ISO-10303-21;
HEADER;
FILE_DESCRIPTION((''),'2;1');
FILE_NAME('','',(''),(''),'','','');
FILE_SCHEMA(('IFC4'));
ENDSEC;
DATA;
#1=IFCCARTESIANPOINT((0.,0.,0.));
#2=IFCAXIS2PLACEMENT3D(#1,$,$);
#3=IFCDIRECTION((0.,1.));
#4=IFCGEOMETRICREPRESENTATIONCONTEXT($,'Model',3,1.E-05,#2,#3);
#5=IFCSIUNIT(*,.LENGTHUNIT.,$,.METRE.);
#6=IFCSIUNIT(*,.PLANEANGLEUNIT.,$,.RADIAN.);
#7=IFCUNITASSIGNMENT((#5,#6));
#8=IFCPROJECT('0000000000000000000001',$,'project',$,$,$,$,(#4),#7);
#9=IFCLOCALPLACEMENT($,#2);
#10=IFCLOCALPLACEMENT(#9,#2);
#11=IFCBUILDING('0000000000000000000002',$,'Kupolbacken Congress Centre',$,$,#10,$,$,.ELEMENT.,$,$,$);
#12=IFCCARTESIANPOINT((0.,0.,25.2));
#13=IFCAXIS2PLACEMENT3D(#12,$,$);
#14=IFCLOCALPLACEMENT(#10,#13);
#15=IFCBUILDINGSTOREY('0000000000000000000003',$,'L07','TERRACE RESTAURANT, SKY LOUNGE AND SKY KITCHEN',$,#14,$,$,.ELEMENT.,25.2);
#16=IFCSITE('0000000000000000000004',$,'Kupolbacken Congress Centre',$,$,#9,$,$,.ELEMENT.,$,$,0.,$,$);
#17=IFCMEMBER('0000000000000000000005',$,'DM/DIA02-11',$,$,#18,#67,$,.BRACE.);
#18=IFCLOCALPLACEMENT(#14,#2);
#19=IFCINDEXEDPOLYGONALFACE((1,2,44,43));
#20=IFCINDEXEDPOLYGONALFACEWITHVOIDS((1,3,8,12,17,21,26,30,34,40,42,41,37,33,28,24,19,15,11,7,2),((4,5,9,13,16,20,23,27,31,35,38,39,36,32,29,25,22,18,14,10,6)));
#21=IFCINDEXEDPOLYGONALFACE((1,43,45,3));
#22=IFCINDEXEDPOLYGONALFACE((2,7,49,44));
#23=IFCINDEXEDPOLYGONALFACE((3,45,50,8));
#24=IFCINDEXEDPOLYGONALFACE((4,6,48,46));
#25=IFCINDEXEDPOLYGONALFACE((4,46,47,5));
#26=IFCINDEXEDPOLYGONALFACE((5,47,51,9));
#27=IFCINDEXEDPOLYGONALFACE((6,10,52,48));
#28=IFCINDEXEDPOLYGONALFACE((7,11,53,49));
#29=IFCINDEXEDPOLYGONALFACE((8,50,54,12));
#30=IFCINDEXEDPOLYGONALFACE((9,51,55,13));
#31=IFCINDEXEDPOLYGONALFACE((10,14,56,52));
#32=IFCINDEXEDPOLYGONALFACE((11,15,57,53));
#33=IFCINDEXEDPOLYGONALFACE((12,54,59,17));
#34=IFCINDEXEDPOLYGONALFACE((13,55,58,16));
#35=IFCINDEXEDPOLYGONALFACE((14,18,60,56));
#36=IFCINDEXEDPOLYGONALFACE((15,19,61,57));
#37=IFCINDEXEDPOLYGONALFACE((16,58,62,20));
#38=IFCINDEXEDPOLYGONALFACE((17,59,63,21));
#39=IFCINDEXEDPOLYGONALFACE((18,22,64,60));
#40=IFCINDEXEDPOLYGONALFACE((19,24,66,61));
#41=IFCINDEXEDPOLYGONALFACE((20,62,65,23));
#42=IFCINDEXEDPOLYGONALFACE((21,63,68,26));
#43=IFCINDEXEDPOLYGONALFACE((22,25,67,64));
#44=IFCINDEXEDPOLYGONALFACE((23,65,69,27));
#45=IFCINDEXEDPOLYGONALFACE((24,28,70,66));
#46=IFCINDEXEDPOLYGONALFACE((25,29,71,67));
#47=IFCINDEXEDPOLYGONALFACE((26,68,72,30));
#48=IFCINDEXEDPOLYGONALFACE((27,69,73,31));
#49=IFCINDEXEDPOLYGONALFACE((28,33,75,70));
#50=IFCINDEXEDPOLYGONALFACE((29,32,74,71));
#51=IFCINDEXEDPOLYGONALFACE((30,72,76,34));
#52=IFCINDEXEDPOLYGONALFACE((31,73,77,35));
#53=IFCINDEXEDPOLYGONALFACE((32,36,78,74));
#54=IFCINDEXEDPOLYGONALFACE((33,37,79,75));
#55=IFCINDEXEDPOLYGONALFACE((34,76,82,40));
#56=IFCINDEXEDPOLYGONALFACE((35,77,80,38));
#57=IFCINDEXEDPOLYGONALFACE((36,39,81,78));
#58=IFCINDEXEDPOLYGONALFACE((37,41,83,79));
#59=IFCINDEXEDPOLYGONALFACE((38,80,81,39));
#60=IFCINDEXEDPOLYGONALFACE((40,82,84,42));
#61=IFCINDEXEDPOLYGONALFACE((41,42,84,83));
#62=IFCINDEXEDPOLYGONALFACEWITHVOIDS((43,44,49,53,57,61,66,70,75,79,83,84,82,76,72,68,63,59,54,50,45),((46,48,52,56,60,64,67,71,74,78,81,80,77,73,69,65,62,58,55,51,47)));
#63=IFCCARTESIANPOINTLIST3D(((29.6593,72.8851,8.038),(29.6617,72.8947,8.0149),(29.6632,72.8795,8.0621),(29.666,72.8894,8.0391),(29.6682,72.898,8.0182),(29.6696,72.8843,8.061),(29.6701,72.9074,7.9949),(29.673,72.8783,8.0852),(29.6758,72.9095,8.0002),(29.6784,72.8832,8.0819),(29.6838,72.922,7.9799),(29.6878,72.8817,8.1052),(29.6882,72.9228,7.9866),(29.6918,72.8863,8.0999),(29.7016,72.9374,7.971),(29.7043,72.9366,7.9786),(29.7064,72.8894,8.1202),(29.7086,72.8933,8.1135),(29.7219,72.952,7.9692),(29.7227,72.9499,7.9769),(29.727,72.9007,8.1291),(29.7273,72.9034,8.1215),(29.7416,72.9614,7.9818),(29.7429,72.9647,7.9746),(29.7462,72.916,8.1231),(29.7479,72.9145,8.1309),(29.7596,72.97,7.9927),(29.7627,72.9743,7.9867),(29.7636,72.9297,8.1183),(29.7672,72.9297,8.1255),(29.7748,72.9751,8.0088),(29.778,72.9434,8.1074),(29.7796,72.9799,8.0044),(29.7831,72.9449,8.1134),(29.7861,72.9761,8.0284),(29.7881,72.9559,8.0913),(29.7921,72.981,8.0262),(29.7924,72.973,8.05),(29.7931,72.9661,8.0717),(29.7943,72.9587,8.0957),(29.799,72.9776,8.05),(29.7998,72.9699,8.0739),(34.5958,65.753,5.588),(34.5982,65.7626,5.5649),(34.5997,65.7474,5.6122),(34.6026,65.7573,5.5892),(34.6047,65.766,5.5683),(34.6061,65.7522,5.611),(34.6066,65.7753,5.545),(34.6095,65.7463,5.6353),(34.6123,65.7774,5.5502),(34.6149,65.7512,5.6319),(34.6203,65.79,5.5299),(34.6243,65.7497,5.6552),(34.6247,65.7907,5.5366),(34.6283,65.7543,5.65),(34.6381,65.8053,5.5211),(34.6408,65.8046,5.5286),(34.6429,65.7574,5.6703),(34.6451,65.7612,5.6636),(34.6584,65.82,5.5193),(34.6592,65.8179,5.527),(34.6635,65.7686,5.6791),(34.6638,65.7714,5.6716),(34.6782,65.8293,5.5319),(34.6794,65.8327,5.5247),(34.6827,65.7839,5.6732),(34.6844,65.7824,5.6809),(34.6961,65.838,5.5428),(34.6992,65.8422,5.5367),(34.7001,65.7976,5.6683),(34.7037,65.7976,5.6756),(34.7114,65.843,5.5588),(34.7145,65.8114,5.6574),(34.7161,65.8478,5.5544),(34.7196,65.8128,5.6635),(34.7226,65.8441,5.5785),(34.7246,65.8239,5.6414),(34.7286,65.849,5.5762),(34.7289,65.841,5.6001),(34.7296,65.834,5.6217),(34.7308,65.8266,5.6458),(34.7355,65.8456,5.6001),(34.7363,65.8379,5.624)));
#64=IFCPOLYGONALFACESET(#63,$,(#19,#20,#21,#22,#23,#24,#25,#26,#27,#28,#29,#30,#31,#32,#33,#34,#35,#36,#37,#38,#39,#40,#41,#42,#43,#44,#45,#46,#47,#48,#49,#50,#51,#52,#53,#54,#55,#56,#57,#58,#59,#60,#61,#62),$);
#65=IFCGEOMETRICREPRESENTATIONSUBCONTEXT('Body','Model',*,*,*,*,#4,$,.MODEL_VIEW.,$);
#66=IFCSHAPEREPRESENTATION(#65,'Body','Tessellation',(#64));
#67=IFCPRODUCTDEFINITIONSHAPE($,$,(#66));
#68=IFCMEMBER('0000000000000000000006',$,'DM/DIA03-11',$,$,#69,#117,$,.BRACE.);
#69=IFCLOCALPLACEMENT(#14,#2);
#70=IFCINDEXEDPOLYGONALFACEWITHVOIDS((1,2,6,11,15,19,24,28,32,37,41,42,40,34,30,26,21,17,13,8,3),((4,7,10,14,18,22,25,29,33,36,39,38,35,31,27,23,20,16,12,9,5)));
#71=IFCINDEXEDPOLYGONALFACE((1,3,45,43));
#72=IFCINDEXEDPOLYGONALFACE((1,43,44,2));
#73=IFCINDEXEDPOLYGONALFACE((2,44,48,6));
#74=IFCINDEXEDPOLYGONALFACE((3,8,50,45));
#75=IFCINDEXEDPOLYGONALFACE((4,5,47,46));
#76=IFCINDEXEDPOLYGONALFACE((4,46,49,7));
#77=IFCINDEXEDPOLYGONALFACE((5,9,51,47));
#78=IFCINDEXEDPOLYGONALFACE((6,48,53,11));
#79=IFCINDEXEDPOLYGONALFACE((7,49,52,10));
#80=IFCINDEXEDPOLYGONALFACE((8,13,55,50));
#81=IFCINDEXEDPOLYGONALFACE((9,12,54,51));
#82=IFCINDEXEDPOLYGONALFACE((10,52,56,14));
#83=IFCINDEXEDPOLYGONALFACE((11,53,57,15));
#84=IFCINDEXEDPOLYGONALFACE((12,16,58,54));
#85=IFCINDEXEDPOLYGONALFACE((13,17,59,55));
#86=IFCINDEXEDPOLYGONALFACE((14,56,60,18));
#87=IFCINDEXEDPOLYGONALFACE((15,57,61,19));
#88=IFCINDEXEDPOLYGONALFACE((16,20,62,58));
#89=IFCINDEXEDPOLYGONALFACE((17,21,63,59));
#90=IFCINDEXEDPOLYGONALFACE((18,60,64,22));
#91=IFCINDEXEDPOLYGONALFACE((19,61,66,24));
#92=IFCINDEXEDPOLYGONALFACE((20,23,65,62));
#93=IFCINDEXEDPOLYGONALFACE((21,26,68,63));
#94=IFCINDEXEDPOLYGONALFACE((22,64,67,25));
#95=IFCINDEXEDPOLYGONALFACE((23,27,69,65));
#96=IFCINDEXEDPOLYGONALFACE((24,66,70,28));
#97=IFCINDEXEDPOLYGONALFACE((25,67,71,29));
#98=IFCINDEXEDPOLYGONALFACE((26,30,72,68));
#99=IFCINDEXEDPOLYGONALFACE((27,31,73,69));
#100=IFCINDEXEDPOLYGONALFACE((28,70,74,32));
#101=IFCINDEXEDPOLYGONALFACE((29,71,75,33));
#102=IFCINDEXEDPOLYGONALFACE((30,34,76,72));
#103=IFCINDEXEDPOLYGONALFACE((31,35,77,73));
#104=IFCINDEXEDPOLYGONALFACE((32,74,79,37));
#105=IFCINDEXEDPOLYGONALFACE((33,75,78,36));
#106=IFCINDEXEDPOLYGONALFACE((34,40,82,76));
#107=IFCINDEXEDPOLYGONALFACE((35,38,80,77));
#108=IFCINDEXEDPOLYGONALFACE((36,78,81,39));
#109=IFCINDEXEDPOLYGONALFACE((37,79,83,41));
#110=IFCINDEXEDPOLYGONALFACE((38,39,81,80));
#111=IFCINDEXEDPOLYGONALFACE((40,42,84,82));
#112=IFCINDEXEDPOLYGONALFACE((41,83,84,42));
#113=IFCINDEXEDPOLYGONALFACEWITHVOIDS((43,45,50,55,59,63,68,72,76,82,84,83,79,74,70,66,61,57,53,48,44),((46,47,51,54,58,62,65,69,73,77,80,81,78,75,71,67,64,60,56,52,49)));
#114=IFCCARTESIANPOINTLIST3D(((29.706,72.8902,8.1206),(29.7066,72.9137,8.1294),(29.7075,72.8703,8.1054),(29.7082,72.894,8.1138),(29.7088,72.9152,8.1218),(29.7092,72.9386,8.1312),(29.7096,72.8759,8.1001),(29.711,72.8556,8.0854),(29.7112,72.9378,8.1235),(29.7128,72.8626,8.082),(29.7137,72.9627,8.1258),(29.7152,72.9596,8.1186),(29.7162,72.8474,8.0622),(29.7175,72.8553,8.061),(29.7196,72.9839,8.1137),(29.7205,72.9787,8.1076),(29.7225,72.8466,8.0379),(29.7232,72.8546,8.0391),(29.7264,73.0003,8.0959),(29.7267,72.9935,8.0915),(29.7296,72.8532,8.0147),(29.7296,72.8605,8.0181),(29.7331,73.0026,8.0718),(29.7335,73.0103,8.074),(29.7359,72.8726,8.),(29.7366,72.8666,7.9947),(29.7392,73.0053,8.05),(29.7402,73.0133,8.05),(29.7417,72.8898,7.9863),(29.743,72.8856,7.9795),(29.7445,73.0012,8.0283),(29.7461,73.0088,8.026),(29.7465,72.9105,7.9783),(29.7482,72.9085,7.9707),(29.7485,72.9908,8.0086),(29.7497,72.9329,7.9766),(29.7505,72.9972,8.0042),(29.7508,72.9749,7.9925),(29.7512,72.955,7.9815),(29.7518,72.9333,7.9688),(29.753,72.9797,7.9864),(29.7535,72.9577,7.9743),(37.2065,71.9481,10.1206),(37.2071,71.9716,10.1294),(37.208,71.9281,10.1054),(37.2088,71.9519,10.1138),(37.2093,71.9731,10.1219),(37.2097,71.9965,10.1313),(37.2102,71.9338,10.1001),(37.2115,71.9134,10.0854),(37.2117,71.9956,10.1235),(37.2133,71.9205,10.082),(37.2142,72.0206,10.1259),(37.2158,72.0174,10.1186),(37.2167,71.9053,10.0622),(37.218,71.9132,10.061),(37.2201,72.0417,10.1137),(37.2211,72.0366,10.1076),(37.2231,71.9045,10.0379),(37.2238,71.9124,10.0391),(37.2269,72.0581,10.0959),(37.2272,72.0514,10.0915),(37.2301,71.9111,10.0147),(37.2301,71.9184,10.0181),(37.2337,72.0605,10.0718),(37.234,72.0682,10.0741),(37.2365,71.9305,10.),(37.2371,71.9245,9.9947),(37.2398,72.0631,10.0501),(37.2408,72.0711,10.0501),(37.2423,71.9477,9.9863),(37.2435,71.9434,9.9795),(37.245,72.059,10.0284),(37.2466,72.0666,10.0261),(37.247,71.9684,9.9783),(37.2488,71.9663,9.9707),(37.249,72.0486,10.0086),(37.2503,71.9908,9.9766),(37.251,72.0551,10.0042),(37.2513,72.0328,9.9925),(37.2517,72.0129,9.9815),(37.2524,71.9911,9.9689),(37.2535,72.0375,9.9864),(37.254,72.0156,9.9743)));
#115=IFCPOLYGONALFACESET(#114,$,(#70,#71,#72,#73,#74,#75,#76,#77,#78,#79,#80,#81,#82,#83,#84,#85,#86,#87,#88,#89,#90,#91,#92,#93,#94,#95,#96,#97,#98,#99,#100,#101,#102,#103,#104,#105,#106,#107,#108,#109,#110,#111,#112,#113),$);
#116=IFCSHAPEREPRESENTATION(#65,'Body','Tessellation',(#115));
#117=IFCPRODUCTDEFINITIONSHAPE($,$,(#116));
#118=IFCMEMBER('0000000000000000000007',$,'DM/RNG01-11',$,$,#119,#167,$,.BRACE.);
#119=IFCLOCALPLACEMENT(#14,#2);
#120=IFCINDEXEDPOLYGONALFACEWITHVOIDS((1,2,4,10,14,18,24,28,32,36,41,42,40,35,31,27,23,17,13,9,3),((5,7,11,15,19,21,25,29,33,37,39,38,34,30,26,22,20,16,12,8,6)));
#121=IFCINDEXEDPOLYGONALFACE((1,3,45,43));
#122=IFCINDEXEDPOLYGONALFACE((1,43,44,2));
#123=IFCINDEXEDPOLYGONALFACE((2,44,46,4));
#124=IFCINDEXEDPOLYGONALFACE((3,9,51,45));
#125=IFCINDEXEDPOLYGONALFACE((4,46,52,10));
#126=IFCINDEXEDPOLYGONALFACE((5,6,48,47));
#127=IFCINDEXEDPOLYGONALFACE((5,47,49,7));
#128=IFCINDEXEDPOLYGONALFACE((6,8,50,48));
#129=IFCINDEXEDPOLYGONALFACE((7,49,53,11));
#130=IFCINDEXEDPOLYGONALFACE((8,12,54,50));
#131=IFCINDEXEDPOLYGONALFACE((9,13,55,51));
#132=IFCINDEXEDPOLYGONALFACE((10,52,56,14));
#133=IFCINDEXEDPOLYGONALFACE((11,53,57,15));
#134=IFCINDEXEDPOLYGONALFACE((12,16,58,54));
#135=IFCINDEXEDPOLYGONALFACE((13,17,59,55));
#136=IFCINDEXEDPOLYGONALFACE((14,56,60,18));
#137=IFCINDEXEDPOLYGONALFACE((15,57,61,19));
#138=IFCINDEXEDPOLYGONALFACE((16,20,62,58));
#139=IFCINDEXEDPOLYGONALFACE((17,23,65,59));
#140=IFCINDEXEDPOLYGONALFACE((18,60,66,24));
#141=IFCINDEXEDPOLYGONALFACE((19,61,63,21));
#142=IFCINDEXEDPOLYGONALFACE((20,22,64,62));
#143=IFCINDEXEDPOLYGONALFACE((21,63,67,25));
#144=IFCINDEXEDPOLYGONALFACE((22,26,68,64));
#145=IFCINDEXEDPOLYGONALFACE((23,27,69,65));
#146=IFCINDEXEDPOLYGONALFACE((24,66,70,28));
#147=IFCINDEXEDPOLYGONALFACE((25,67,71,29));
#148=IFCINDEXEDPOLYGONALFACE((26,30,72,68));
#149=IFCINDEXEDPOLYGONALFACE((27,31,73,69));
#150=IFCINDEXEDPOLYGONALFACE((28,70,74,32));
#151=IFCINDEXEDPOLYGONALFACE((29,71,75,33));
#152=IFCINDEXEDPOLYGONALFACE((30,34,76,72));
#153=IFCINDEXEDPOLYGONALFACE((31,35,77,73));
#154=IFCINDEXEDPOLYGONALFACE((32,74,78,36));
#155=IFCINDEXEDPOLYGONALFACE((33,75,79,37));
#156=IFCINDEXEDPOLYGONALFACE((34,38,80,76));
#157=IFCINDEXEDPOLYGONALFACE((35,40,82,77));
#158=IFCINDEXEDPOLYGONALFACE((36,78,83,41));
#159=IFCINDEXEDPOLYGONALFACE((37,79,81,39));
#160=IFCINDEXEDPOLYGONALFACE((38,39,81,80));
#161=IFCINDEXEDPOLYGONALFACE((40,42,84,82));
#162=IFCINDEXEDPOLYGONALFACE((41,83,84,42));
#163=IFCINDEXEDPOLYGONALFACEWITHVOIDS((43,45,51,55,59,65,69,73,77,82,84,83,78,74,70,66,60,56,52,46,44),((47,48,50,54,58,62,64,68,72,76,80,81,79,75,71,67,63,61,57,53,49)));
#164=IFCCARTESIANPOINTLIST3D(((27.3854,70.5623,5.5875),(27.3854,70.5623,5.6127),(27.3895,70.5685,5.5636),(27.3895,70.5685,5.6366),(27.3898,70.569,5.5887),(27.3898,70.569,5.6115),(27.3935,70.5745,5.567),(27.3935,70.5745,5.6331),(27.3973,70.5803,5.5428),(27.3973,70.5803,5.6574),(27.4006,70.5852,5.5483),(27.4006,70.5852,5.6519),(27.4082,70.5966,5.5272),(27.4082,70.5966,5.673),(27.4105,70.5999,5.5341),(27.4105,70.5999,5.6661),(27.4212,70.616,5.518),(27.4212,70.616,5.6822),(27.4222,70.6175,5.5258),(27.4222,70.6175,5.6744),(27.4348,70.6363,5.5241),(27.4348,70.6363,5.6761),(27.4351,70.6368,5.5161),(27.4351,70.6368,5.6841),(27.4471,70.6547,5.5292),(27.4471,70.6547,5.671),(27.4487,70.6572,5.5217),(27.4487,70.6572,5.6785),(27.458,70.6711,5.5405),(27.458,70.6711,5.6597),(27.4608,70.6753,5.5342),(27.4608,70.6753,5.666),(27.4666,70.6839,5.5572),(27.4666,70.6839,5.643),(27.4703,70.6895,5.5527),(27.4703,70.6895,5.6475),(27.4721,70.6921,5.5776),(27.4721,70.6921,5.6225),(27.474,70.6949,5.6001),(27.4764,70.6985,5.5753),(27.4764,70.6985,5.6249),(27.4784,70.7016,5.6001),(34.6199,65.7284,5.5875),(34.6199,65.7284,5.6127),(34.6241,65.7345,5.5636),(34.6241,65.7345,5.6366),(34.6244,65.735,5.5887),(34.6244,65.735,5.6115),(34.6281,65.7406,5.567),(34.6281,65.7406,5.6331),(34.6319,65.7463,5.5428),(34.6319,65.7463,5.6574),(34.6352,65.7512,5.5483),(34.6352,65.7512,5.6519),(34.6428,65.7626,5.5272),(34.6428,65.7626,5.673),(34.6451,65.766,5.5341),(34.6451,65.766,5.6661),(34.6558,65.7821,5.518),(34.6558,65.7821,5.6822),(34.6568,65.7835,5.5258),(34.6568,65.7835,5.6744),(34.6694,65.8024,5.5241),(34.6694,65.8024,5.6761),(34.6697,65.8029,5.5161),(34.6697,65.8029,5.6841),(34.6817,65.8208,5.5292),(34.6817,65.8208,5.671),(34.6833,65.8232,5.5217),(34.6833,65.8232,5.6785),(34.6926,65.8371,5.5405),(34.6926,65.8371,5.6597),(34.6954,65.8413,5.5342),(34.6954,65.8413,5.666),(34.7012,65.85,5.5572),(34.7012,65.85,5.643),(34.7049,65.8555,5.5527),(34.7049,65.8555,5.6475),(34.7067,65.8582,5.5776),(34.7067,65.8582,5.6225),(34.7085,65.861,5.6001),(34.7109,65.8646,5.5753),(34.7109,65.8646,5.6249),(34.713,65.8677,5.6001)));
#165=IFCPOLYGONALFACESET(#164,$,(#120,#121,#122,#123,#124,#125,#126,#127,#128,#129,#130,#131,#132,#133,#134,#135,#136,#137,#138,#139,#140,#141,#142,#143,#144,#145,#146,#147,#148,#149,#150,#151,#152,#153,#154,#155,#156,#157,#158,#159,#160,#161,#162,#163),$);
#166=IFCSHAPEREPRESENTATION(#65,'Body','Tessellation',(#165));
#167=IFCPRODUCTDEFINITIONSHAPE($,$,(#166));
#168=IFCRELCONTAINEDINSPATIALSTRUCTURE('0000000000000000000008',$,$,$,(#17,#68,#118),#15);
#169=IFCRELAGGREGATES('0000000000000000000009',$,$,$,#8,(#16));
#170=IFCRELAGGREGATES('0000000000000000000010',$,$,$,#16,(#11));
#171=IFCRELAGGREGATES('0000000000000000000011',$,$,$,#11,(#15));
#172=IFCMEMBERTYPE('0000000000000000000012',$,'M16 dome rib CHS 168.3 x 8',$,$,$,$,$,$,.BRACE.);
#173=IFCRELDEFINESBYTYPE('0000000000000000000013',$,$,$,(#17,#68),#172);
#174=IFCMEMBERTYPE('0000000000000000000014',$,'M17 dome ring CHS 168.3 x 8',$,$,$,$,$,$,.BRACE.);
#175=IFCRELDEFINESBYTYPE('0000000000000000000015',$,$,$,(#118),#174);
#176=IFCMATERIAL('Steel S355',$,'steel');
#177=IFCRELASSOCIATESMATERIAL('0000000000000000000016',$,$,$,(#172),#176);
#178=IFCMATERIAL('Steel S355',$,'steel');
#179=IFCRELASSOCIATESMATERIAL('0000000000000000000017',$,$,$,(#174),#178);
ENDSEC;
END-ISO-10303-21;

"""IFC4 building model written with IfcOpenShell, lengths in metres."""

from ifc_helpers import new_model, si_unit, direction, frame, origin, origin_2d, place, context, subcontext, project, spatial, hollow_circle, extrude, material, material_profile, profile_set, type_object, element, save


model = new_model("IFC4")

# Units and contexts
model_context = context("Model", 3, precision=1e-05, world=origin(), true_north=direction((0.0, 1.0)))
body_context = subcontext(model_context, "Body", "Model", "MODEL_VIEW")
ifc_project = project(units=[si_unit("LENGTHUNIT", "METRE"), si_unit("PLANEANGLEUNIT", "RADIAN")], contexts=[model_context])

# Site, building, storey
site_placement = place(None, origin())
site = spatial("IfcSite", under=ifc_project, at=site_placement, Name="Kupolbacken Congress Centre", CompositionType="ELEMENT", RefElevation=0.0)
building_placement = place(site_placement, origin())
building = spatial("IfcBuilding", under=site, at=building_placement, Name="Kupolbacken Congress Centre", CompositionType="ELEMENT")
storey_placement = place(building_placement, frame((0.0, 0.0, 25.2)))
storey = spatial("IfcBuildingStorey", under=building, at=storey_placement, Name="L07", Description="TERRACE RESTAURANT, SKY LOUNGE AND SKY KITCHEN", CompositionType="ELEMENT", Elevation=25.2)

# Members
ifc_material_1 = material(Name="Steel S355", Category="steel")
ifc_material_profile_1 = material_profile(ifc_material_1, hollow_circle(Radius=0.0842, WallThickness=0.0081, at=origin_2d()), Name="CHS 168.3 x 8")
ifc_profile_set_1 = profile_set([ifc_material_profile_1], Name="Steel S355")
member_type_1 = type_object("IfcMemberType", Name="M16 dome rib CHS 168.3 x 8", PredefinedType="BRACE", material=ifc_profile_set_1)
member_1_placement = place(storey_placement, frame((29.7297, 72.9297, 8.05), z_axis=(0.547698, -0.791291, -0.271818), x_axis=(0.82225, 0.569127, 0.0)))
element("IfcMember", 1, at=member_1_placement, inside=storey, type_object=member_type_1, Name="DM/DIA02-11", PredefinedType="BRACE", context=body_context, shape_type="SweptSolid", body=[
    extrude(hollow_circle(Radius=0.0842, WallThickness=0.0081, at=origin_2d()), origin(), (0.0, 0.0, 1.0), 9.0132),
])
member_2_placement = place(storey_placement, frame((29.7297, 72.9297, 8.05), z_axis=(0.9592, -0.120485, 0.25577), x_axis=(0.124631, 0.992203, 0.0)))
element("IfcMember", 2, at=member_2_placement, inside=storey, type_object=member_type_1, Name="DM/DIA03-11", PredefinedType="BRACE", context=body_context, shape_type="SweptSolid", body=[
    extrude(hollow_circle(Radius=0.0842, WallThickness=0.0081, at=origin_2d()), origin(), (0.0, 0.0, 1.0), 7.8196),
])
ifc_material_2 = material(Name="Steel S355", Category="steel")
ifc_material_profile_2 = material_profile(ifc_material_2, hollow_circle(Radius=0.0842, WallThickness=0.0081, at=origin_2d()), Name="CHS 168.3 x 8")
ifc_profile_set_2 = profile_set([ifc_material_profile_2], Name="Steel S355")
member_type_2 = type_object("IfcMemberType", Name="M17 dome ring CHS 168.3 x 8", PredefinedType="BRACE", material=ifc_profile_set_2)
member_3_placement = place(storey_placement, frame((27.4316, 70.6316, 5.6001), z_axis=(0.831471, -0.555568, 0.0), x_axis=(0.555568, 0.831471, 0.0)))
element("IfcMember", 3, at=member_3_placement, inside=storey, type_object=member_type_2, Name="DM/RNG01-11", PredefinedType="BRACE", context=body_context, shape_type="SweptSolid", body=[
    extrude(hollow_circle(Radius=0.0842, WallThickness=0.0081, at=origin_2d()), origin(), (0.0, 0.0, 1.0), 8.7009),
])

save(model, "model.ifc")
